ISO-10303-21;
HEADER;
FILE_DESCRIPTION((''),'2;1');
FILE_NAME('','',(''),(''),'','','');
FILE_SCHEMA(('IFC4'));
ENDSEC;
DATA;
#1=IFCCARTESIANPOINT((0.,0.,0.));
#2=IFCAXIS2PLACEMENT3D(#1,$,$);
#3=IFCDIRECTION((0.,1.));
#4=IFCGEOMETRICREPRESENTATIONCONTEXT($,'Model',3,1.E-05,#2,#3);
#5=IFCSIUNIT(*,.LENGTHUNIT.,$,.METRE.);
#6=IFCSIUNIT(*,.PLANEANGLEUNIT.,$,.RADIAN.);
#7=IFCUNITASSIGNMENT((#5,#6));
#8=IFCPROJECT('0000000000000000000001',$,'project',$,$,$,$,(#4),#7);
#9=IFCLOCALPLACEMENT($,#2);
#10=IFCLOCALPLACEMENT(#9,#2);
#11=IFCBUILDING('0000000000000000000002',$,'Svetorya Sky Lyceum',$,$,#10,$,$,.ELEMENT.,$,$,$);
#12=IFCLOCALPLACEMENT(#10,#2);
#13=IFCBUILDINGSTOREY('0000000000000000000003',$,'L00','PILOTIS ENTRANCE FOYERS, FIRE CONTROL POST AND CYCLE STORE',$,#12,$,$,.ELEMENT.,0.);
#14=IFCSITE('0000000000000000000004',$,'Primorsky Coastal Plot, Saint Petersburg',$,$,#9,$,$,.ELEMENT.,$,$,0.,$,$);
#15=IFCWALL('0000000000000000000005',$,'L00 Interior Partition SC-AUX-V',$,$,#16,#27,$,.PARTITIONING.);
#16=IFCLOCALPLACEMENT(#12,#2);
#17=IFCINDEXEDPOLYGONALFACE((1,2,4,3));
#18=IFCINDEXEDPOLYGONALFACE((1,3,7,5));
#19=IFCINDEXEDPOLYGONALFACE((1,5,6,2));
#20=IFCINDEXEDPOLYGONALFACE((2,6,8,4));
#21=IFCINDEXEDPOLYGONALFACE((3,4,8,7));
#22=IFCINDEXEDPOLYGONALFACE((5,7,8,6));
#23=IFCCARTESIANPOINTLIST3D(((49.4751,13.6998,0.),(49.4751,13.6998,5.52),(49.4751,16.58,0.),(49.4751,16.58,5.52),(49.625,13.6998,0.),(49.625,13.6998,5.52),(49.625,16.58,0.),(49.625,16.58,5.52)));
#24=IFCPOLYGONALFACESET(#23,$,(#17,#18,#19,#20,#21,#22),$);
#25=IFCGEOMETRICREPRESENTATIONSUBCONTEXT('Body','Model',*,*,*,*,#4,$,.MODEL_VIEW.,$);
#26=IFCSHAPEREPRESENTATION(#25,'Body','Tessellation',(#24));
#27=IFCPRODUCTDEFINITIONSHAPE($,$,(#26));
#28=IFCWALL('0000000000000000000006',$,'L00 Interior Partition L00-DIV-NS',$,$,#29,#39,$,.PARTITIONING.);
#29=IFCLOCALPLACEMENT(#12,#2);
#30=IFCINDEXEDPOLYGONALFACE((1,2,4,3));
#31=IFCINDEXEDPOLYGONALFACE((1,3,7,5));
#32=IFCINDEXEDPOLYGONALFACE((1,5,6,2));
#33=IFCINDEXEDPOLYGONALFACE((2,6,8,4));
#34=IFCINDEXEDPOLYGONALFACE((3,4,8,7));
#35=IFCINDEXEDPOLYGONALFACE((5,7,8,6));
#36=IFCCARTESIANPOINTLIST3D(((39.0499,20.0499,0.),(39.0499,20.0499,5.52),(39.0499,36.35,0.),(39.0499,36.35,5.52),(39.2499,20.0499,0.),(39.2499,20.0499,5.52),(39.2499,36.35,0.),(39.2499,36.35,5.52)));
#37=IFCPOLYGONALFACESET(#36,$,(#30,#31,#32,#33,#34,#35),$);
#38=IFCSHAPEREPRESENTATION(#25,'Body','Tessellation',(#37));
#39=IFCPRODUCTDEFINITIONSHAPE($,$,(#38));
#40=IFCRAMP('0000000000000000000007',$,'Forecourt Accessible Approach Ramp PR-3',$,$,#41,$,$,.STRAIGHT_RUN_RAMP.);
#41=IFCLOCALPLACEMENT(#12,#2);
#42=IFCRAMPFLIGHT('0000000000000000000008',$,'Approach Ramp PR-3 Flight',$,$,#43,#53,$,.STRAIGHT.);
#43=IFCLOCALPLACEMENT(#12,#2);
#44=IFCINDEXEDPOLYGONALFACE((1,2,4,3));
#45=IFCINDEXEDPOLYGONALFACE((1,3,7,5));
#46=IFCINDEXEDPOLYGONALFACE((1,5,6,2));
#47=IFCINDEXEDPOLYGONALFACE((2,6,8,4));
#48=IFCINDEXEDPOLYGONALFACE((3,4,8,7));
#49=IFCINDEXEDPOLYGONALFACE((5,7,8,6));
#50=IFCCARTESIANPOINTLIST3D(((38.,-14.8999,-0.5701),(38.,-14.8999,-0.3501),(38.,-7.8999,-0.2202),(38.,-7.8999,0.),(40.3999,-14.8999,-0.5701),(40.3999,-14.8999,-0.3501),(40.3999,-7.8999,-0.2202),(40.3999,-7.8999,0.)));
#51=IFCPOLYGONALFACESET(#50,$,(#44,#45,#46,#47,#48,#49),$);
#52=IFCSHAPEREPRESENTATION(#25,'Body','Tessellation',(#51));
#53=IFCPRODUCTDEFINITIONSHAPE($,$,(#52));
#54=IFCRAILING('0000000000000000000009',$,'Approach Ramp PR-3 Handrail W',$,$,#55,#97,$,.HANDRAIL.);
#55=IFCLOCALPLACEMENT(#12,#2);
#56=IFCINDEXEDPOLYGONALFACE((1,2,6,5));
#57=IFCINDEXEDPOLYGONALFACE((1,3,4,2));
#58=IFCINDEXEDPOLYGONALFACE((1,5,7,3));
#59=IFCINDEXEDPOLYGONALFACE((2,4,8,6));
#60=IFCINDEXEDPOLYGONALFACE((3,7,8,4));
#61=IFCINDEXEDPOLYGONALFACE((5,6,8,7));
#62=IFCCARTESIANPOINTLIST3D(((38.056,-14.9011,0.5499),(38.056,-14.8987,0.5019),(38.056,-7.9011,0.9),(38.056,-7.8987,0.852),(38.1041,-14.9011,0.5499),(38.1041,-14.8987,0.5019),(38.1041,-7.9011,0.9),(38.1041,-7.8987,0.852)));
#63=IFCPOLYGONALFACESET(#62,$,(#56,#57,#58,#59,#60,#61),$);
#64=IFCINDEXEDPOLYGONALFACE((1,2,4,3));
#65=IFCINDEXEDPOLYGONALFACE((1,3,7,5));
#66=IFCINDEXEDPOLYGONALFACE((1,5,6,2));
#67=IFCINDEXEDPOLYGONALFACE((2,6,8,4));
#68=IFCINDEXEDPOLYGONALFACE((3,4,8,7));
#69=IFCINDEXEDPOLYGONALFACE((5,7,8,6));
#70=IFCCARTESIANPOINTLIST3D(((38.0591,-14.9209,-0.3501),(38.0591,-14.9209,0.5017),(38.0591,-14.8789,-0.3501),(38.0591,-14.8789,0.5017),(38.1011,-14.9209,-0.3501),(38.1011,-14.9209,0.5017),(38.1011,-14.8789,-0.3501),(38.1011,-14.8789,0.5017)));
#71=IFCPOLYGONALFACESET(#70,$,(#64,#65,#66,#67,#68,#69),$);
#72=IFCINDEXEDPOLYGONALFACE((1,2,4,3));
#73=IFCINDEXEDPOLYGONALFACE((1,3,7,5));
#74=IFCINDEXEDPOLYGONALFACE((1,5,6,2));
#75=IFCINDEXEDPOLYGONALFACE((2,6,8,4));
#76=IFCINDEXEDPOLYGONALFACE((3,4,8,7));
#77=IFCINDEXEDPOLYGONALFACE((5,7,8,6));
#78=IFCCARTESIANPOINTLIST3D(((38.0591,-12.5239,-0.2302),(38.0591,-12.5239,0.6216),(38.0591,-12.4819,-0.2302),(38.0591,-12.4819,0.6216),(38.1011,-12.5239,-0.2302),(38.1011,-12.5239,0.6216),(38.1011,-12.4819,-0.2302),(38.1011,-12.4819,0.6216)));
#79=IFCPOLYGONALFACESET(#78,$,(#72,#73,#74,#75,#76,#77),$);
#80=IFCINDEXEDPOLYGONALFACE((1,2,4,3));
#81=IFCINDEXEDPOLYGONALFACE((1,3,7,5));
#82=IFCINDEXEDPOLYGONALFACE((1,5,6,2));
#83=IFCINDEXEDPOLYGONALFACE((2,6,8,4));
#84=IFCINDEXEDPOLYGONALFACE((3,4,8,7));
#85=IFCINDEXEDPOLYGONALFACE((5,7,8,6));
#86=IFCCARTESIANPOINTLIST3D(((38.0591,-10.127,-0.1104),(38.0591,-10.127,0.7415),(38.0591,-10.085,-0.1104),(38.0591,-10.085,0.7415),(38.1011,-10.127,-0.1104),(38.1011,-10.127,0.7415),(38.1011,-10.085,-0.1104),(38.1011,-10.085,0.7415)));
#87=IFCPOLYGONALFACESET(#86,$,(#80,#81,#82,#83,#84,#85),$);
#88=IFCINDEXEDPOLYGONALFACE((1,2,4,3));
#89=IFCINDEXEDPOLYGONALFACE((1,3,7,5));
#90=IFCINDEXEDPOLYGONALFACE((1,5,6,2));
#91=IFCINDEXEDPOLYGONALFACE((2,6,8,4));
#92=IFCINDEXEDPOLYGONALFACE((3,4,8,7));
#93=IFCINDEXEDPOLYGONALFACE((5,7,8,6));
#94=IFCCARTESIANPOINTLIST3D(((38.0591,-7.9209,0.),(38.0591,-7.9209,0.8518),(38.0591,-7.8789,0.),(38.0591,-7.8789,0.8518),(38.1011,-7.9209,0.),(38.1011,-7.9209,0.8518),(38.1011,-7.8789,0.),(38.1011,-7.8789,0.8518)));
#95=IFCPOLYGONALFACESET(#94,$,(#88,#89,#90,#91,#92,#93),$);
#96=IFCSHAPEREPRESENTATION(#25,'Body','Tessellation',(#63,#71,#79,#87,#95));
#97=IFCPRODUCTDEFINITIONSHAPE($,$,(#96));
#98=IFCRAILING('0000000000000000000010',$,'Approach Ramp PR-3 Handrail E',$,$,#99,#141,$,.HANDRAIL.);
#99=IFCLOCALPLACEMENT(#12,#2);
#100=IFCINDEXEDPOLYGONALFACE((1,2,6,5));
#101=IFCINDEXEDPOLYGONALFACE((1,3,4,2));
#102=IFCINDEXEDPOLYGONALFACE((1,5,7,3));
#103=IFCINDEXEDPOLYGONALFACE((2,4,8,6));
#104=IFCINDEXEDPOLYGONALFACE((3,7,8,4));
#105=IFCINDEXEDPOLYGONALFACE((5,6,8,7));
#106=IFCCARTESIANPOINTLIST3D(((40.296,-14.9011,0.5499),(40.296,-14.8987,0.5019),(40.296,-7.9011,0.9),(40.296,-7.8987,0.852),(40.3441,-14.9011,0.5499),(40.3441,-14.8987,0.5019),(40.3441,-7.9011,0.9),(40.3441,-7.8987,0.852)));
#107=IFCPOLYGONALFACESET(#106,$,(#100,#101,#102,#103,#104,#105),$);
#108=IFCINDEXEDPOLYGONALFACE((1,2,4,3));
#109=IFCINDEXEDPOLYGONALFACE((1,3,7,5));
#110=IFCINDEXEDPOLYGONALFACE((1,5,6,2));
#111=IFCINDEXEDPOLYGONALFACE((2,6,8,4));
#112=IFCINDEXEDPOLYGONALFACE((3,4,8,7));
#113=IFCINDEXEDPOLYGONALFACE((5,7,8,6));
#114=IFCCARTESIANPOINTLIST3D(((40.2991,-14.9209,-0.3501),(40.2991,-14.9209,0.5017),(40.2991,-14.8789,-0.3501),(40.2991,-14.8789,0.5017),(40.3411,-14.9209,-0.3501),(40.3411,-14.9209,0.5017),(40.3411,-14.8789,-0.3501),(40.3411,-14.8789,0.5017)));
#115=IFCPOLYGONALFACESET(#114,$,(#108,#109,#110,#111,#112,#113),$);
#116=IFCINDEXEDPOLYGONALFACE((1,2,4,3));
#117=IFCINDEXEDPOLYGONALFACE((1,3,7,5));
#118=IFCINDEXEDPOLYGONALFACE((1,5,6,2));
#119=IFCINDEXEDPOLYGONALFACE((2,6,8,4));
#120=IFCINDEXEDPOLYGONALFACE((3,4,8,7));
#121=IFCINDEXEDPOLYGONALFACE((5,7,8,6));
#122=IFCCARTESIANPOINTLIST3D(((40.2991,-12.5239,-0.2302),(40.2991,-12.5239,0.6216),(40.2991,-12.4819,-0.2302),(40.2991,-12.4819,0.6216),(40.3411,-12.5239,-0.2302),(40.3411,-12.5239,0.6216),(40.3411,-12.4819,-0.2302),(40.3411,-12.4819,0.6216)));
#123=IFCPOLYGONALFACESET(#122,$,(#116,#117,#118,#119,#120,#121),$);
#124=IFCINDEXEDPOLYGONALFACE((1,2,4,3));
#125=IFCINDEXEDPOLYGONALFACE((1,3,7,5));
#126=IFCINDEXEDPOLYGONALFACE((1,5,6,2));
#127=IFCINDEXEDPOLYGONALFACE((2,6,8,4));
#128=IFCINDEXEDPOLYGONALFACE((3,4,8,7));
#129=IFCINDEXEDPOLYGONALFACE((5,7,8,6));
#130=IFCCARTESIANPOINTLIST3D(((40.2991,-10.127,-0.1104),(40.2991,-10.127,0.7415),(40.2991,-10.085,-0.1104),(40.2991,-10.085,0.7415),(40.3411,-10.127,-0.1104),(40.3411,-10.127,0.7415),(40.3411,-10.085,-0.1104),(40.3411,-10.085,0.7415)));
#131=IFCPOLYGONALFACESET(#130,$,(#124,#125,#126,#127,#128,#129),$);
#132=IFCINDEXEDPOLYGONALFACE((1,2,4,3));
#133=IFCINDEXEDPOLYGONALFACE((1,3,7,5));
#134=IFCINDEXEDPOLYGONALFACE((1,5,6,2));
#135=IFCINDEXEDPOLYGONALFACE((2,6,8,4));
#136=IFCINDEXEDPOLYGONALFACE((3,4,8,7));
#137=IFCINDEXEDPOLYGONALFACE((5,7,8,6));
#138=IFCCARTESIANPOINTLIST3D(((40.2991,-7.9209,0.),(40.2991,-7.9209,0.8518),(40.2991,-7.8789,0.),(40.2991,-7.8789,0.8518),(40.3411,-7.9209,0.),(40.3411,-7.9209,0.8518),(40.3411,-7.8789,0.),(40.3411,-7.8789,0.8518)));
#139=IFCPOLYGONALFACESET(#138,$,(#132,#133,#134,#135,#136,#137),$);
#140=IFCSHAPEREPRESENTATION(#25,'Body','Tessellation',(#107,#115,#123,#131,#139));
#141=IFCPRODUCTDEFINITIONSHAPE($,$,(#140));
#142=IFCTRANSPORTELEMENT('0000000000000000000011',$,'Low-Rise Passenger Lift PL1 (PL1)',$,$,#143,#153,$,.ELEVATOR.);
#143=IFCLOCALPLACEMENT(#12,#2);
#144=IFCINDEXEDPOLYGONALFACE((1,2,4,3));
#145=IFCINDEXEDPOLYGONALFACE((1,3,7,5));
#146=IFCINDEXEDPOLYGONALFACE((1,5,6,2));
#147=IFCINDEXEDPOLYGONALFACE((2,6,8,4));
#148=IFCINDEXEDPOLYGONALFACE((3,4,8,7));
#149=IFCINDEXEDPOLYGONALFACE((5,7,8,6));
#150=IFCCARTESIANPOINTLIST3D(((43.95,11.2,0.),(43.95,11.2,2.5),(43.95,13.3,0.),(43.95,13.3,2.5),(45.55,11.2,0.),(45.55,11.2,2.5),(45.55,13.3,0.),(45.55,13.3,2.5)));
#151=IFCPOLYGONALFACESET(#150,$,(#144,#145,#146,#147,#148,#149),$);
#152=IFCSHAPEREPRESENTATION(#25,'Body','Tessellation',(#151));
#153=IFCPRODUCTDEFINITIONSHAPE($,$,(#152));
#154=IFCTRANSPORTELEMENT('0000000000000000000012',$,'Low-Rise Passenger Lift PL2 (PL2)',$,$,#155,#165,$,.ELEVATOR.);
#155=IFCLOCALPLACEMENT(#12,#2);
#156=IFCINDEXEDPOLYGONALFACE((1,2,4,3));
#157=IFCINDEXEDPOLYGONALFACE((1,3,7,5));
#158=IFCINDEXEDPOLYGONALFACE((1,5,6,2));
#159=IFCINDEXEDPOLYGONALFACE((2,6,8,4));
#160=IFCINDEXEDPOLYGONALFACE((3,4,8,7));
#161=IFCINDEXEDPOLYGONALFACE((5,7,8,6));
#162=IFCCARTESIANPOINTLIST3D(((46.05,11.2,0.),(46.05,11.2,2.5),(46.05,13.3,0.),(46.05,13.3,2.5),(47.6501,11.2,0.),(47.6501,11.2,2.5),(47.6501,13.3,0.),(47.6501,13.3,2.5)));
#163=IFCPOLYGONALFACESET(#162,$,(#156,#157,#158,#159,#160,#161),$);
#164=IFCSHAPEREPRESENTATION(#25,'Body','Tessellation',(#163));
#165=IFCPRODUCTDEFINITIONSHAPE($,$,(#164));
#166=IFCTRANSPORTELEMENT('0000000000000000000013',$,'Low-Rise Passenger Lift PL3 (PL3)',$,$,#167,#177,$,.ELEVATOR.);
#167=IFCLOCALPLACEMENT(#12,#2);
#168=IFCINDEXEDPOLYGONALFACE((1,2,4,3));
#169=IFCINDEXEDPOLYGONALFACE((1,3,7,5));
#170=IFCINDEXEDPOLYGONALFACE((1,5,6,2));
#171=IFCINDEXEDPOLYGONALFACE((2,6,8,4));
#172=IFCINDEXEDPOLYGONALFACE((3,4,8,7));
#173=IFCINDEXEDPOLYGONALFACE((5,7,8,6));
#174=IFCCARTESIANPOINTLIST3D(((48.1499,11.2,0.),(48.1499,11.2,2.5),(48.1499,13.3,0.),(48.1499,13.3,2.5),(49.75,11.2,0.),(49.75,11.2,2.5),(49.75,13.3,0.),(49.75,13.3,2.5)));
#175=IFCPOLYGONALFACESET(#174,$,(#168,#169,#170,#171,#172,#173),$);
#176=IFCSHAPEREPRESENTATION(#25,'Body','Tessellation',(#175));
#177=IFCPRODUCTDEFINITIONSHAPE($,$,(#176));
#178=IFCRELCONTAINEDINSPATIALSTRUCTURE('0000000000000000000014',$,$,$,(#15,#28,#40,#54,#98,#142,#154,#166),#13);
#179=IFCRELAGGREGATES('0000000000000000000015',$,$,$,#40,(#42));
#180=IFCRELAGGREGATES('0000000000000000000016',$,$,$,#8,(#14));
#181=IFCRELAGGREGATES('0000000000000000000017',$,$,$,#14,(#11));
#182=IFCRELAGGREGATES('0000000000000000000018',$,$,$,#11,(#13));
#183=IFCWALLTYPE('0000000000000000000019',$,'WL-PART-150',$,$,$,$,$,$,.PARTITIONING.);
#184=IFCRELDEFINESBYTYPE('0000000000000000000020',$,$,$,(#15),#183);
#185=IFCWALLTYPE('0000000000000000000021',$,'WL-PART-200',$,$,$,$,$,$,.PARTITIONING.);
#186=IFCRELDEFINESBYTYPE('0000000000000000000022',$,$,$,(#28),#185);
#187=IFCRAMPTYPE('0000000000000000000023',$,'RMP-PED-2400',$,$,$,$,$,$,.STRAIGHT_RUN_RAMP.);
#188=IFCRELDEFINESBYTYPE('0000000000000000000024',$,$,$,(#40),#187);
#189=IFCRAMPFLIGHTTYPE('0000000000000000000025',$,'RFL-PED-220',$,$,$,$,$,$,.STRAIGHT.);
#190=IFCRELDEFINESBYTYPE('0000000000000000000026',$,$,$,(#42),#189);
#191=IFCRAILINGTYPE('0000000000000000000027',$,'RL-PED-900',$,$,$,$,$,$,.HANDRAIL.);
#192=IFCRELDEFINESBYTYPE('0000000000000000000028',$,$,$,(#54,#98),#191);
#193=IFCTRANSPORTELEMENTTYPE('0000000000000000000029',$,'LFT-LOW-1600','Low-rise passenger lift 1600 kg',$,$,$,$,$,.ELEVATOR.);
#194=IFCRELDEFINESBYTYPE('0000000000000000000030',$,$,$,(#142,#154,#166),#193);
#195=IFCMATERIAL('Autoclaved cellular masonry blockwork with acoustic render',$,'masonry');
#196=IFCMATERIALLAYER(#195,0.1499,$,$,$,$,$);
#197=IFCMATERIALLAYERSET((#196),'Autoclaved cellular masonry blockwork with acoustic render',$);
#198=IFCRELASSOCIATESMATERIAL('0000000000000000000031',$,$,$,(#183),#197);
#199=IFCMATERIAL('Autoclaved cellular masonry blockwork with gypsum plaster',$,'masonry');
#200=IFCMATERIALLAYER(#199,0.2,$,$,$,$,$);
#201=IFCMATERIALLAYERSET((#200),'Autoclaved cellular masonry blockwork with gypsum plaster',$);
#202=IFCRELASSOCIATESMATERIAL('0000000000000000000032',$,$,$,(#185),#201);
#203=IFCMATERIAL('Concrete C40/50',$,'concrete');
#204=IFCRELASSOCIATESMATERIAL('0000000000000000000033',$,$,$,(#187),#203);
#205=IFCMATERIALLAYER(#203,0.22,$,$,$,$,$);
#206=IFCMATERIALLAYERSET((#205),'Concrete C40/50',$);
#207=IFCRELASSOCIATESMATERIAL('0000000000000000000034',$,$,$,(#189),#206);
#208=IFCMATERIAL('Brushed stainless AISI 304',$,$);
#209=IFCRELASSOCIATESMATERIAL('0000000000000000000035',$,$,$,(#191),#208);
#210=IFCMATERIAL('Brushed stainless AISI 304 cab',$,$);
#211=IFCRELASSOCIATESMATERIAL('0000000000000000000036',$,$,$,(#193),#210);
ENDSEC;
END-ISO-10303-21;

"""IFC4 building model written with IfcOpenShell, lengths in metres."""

from ifc_helpers import new_model, si_unit, direction, frame, frame_2d, origin, origin_2d, place, context, subcontext, project, spatial, polyline, rectangle, outline, extrude, material, layer, layer_set, type_object, element, aggregate, save


model = new_model("IFC4")

# Units and contexts
model_context = context("Model", 3, precision=1e-05, world=origin(), true_north=direction((0.0, 1.0)))
body_context = subcontext(model_context, "Body", "Model", "MODEL_VIEW")
ifc_project = project(units=[si_unit("LENGTHUNIT", "METRE"), si_unit("PLANEANGLEUNIT", "RADIAN")], contexts=[model_context])

# Site, building, storey
site_placement = place(None, origin())
site = spatial("IfcSite", under=ifc_project, at=site_placement, Name="Primorsky Coastal Plot, Saint Petersburg", CompositionType="ELEMENT", RefElevation=0.0)
building_placement = place(site_placement, origin())
building = spatial("IfcBuilding", under=site, at=building_placement, Name="Svetorya Sky Lyceum", CompositionType="ELEMENT")
storey_placement = place(building_placement, origin())
storey = spatial("IfcBuildingStorey", under=building, at=storey_placement, Name="L00", Description="PILOTIS ENTRANCE FOYERS, FIRE CONTROL POST AND CYCLE STORE", CompositionType="ELEMENT", Elevation=0.0)

# Shared definitions
ifc_material_1 = material(Name="Concrete C40/50", Category="concrete")

# Wall
ifc_material_2 = material(Name="Autoclaved cellular masonry blockwork with acoustic render", Category="masonry")
ifc_layer_1 = layer(ifc_material_2, 0.1499)
ifc_layer_set_1 = layer_set([ifc_layer_1], Name="Autoclaved cellular masonry blockwork with acoustic render")
wall_type_1 = type_object("IfcWallType", Name="WL-PART-150", PredefinedType="PARTITIONING", material=ifc_layer_set_1)
wall_1_placement = place(storey_placement, frame((49.55, 13.7, 0.0), z_axis=(0.0, 0.0, 1.0), x_axis=(0.0, 1.0, 0.0)))
element("IfcWall", 1, at=wall_1_placement, inside=storey, type_object=wall_type_1, Name="L00 Interior Partition SC-AUX-V", PredefinedType="PARTITIONING", context=body_context, shape_type="SweptSolid", body=[
    extrude(rectangle(XDim=2.8801, YDim=0.1499, at=frame_2d((1.4399, 0.0))), origin(), (0.0, 0.0, 1.0), 5.52),
])

# Shared definitions
ifc_material_3 = material(Name="Autoclaved cellular masonry blockwork with gypsum plaster", Category="masonry")
ifc_layer_2 = layer(ifc_material_3, 0.2)
ifc_layer_set_2 = layer_set([ifc_layer_2], Name="Autoclaved cellular masonry blockwork with gypsum plaster")
wall_type_2 = type_object("IfcWallType", Name="WL-PART-200", PredefinedType="PARTITIONING", material=ifc_layer_set_2)

# Wall
wall_2_placement = place(storey_placement, frame((39.1499, 20.05, 0.0), z_axis=(0.0, 0.0, 1.0), x_axis=(0.0, 1.0, 0.0)))
element("IfcWall", 2, at=wall_2_placement, inside=storey, type_object=wall_type_2, Name="L00 Interior Partition L00-DIV-NS", PredefinedType="PARTITIONING", context=body_context, shape_type="SweptSolid", body=[
    extrude(rectangle(XDim=16.3, YDim=0.2, at=frame_2d((8.1499, 0.0))), origin(), (0.0, 0.0, 1.0), 5.52),
])

# Ramp, ramp flight
ramp_type = type_object("IfcRampType", Name="RMP-PED-2400", PredefinedType="STRAIGHT_RUN_RAMP", material=ifc_material_1)
ramp_placement = place(storey_placement, origin())
ramp = element("IfcRamp", 3, at=ramp_placement, inside=storey, type_object=ramp_type, Name="Forecourt Accessible Approach Ramp PR-3", PredefinedType="STRAIGHT_RUN_RAMP")
ifc_layer_3 = layer(ifc_material_1, 0.22)
ifc_layer_set_3 = layer_set([ifc_layer_3], Name="Concrete C40/50")
ramp_flight_type = type_object("IfcRampFlightType", Name="RFL-PED-220", PredefinedType="STRAIGHT", material=ifc_layer_set_3)
ramp_flight_placement = place(storey_placement, frame((38.0, -14.8999, -0.3501), z_axis=(1.0, 0.0, 0.0), x_axis=(0.0, 1.0, 0.0)))
ramp_flight = element("IfcRampFlight", 4, at=ramp_flight_placement, type_object=ramp_flight_type, Name="Approach Ramp PR-3 Flight", PredefinedType="STRAIGHT", context=body_context, shape_type="SweptSolid", body=[
    extrude(outline(polyline([(0.0, -0.22), (7.0, 0.1299), (7.0, 0.3501), (0.0, 0.0), (0.0, -0.22)])), origin(), (0.0, 0.0, 1.0), 2.3999),
])
aggregate(ramp, [ramp_flight])

# Railings
ifc_material_4 = material(Name="Brushed stainless AISI 304")
railing_type = type_object("IfcRailingType", Name="RL-PED-900", PredefinedType="HANDRAIL", material=ifc_material_4)
for number, where, name in (
    (5, (38.0801, -14.8999, -0.3501), "Approach Ramp PR-3 Handrail W"),
    (6, (40.3201, -14.8999, -0.3501), "Approach Ramp PR-3 Handrail E"),
):
    element("IfcRailing", number, at=place(storey_placement, frame(where)), inside=storey, type_object=railing_type, Name=name, PredefinedType="HANDRAIL", context=body_context, shape_type="SweptSolid", body=[
        extrude(rectangle(XDim=0.0481, YDim=0.0481, at=origin_2d()), frame((0.0, 0.0, 0.876), z_axis=(0.0, 0.998752, 0.049952), x_axis=(-1.0, 0.0, 0.0)), (0.0, 0.0, 1.0), 7.0088),
        extrude(rectangle(XDim=0.042, YDim=0.042, at=origin_2d()), origin(), (0.0, 0.0, 1.0), 0.8518),
        extrude(rectangle(XDim=0.042, YDim=0.042, at=origin_2d()), frame((0.0, 2.397, 0.1199)), (0.0, 0.0, 1.0), 0.8518),
        extrude(rectangle(XDim=0.042, YDim=0.042, at=origin_2d()), frame((0.0, 4.7939, 0.2397)), (0.0, 0.0, 1.0), 0.8518),
        extrude(rectangle(XDim=0.042, YDim=0.042, at=origin_2d()), frame((0.0, 7.0, 0.3501)), (0.0, 0.0, 1.0), 0.8518),
    ])

# Transport elements
ifc_material_5 = material(Name="Brushed stainless AISI 304 cab")
transport_element_type = type_object("IfcTransportElementType", Name="LFT-LOW-1600", Description="Low-rise passenger lift 1600 kg", PredefinedType="ELEVATOR", material=ifc_material_5)
for number, where, z_axis, x_axis, name in (
    (7, (44.75, 12.25, 0.0), (0.0, 0.0, 1.0), (1.0, 0.0, 0.0), "Low-Rise Passenger Lift PL1 (PL1)"),
    (8, (46.8501, 12.25, 0.0), (0.0, 0.0, 1.0), (1.0, 0.0, 0.0), "Low-Rise Passenger Lift PL2 (PL2)"),
    (9, (48.95, 12.25, 0.0), (0.0, 0.0, 1.0), (1.0, 0.0, 0.0), "Low-Rise Passenger Lift PL3 (PL3)"),
):
    element("IfcTransportElement", number, at=place(storey_placement, frame(where, z_axis=z_axis, x_axis=x_axis)), inside=storey, type_object=transport_element_type, Name=name, PredefinedType="ELEVATOR", context=body_context, shape_type="SweptSolid", body=[
        extrude(rectangle(XDim=1.6001, YDim=2.1001, at=origin_2d()), origin(), (0.0, 0.0, 1.0), 2.5),
    ])

save(model, "model.ifc")
